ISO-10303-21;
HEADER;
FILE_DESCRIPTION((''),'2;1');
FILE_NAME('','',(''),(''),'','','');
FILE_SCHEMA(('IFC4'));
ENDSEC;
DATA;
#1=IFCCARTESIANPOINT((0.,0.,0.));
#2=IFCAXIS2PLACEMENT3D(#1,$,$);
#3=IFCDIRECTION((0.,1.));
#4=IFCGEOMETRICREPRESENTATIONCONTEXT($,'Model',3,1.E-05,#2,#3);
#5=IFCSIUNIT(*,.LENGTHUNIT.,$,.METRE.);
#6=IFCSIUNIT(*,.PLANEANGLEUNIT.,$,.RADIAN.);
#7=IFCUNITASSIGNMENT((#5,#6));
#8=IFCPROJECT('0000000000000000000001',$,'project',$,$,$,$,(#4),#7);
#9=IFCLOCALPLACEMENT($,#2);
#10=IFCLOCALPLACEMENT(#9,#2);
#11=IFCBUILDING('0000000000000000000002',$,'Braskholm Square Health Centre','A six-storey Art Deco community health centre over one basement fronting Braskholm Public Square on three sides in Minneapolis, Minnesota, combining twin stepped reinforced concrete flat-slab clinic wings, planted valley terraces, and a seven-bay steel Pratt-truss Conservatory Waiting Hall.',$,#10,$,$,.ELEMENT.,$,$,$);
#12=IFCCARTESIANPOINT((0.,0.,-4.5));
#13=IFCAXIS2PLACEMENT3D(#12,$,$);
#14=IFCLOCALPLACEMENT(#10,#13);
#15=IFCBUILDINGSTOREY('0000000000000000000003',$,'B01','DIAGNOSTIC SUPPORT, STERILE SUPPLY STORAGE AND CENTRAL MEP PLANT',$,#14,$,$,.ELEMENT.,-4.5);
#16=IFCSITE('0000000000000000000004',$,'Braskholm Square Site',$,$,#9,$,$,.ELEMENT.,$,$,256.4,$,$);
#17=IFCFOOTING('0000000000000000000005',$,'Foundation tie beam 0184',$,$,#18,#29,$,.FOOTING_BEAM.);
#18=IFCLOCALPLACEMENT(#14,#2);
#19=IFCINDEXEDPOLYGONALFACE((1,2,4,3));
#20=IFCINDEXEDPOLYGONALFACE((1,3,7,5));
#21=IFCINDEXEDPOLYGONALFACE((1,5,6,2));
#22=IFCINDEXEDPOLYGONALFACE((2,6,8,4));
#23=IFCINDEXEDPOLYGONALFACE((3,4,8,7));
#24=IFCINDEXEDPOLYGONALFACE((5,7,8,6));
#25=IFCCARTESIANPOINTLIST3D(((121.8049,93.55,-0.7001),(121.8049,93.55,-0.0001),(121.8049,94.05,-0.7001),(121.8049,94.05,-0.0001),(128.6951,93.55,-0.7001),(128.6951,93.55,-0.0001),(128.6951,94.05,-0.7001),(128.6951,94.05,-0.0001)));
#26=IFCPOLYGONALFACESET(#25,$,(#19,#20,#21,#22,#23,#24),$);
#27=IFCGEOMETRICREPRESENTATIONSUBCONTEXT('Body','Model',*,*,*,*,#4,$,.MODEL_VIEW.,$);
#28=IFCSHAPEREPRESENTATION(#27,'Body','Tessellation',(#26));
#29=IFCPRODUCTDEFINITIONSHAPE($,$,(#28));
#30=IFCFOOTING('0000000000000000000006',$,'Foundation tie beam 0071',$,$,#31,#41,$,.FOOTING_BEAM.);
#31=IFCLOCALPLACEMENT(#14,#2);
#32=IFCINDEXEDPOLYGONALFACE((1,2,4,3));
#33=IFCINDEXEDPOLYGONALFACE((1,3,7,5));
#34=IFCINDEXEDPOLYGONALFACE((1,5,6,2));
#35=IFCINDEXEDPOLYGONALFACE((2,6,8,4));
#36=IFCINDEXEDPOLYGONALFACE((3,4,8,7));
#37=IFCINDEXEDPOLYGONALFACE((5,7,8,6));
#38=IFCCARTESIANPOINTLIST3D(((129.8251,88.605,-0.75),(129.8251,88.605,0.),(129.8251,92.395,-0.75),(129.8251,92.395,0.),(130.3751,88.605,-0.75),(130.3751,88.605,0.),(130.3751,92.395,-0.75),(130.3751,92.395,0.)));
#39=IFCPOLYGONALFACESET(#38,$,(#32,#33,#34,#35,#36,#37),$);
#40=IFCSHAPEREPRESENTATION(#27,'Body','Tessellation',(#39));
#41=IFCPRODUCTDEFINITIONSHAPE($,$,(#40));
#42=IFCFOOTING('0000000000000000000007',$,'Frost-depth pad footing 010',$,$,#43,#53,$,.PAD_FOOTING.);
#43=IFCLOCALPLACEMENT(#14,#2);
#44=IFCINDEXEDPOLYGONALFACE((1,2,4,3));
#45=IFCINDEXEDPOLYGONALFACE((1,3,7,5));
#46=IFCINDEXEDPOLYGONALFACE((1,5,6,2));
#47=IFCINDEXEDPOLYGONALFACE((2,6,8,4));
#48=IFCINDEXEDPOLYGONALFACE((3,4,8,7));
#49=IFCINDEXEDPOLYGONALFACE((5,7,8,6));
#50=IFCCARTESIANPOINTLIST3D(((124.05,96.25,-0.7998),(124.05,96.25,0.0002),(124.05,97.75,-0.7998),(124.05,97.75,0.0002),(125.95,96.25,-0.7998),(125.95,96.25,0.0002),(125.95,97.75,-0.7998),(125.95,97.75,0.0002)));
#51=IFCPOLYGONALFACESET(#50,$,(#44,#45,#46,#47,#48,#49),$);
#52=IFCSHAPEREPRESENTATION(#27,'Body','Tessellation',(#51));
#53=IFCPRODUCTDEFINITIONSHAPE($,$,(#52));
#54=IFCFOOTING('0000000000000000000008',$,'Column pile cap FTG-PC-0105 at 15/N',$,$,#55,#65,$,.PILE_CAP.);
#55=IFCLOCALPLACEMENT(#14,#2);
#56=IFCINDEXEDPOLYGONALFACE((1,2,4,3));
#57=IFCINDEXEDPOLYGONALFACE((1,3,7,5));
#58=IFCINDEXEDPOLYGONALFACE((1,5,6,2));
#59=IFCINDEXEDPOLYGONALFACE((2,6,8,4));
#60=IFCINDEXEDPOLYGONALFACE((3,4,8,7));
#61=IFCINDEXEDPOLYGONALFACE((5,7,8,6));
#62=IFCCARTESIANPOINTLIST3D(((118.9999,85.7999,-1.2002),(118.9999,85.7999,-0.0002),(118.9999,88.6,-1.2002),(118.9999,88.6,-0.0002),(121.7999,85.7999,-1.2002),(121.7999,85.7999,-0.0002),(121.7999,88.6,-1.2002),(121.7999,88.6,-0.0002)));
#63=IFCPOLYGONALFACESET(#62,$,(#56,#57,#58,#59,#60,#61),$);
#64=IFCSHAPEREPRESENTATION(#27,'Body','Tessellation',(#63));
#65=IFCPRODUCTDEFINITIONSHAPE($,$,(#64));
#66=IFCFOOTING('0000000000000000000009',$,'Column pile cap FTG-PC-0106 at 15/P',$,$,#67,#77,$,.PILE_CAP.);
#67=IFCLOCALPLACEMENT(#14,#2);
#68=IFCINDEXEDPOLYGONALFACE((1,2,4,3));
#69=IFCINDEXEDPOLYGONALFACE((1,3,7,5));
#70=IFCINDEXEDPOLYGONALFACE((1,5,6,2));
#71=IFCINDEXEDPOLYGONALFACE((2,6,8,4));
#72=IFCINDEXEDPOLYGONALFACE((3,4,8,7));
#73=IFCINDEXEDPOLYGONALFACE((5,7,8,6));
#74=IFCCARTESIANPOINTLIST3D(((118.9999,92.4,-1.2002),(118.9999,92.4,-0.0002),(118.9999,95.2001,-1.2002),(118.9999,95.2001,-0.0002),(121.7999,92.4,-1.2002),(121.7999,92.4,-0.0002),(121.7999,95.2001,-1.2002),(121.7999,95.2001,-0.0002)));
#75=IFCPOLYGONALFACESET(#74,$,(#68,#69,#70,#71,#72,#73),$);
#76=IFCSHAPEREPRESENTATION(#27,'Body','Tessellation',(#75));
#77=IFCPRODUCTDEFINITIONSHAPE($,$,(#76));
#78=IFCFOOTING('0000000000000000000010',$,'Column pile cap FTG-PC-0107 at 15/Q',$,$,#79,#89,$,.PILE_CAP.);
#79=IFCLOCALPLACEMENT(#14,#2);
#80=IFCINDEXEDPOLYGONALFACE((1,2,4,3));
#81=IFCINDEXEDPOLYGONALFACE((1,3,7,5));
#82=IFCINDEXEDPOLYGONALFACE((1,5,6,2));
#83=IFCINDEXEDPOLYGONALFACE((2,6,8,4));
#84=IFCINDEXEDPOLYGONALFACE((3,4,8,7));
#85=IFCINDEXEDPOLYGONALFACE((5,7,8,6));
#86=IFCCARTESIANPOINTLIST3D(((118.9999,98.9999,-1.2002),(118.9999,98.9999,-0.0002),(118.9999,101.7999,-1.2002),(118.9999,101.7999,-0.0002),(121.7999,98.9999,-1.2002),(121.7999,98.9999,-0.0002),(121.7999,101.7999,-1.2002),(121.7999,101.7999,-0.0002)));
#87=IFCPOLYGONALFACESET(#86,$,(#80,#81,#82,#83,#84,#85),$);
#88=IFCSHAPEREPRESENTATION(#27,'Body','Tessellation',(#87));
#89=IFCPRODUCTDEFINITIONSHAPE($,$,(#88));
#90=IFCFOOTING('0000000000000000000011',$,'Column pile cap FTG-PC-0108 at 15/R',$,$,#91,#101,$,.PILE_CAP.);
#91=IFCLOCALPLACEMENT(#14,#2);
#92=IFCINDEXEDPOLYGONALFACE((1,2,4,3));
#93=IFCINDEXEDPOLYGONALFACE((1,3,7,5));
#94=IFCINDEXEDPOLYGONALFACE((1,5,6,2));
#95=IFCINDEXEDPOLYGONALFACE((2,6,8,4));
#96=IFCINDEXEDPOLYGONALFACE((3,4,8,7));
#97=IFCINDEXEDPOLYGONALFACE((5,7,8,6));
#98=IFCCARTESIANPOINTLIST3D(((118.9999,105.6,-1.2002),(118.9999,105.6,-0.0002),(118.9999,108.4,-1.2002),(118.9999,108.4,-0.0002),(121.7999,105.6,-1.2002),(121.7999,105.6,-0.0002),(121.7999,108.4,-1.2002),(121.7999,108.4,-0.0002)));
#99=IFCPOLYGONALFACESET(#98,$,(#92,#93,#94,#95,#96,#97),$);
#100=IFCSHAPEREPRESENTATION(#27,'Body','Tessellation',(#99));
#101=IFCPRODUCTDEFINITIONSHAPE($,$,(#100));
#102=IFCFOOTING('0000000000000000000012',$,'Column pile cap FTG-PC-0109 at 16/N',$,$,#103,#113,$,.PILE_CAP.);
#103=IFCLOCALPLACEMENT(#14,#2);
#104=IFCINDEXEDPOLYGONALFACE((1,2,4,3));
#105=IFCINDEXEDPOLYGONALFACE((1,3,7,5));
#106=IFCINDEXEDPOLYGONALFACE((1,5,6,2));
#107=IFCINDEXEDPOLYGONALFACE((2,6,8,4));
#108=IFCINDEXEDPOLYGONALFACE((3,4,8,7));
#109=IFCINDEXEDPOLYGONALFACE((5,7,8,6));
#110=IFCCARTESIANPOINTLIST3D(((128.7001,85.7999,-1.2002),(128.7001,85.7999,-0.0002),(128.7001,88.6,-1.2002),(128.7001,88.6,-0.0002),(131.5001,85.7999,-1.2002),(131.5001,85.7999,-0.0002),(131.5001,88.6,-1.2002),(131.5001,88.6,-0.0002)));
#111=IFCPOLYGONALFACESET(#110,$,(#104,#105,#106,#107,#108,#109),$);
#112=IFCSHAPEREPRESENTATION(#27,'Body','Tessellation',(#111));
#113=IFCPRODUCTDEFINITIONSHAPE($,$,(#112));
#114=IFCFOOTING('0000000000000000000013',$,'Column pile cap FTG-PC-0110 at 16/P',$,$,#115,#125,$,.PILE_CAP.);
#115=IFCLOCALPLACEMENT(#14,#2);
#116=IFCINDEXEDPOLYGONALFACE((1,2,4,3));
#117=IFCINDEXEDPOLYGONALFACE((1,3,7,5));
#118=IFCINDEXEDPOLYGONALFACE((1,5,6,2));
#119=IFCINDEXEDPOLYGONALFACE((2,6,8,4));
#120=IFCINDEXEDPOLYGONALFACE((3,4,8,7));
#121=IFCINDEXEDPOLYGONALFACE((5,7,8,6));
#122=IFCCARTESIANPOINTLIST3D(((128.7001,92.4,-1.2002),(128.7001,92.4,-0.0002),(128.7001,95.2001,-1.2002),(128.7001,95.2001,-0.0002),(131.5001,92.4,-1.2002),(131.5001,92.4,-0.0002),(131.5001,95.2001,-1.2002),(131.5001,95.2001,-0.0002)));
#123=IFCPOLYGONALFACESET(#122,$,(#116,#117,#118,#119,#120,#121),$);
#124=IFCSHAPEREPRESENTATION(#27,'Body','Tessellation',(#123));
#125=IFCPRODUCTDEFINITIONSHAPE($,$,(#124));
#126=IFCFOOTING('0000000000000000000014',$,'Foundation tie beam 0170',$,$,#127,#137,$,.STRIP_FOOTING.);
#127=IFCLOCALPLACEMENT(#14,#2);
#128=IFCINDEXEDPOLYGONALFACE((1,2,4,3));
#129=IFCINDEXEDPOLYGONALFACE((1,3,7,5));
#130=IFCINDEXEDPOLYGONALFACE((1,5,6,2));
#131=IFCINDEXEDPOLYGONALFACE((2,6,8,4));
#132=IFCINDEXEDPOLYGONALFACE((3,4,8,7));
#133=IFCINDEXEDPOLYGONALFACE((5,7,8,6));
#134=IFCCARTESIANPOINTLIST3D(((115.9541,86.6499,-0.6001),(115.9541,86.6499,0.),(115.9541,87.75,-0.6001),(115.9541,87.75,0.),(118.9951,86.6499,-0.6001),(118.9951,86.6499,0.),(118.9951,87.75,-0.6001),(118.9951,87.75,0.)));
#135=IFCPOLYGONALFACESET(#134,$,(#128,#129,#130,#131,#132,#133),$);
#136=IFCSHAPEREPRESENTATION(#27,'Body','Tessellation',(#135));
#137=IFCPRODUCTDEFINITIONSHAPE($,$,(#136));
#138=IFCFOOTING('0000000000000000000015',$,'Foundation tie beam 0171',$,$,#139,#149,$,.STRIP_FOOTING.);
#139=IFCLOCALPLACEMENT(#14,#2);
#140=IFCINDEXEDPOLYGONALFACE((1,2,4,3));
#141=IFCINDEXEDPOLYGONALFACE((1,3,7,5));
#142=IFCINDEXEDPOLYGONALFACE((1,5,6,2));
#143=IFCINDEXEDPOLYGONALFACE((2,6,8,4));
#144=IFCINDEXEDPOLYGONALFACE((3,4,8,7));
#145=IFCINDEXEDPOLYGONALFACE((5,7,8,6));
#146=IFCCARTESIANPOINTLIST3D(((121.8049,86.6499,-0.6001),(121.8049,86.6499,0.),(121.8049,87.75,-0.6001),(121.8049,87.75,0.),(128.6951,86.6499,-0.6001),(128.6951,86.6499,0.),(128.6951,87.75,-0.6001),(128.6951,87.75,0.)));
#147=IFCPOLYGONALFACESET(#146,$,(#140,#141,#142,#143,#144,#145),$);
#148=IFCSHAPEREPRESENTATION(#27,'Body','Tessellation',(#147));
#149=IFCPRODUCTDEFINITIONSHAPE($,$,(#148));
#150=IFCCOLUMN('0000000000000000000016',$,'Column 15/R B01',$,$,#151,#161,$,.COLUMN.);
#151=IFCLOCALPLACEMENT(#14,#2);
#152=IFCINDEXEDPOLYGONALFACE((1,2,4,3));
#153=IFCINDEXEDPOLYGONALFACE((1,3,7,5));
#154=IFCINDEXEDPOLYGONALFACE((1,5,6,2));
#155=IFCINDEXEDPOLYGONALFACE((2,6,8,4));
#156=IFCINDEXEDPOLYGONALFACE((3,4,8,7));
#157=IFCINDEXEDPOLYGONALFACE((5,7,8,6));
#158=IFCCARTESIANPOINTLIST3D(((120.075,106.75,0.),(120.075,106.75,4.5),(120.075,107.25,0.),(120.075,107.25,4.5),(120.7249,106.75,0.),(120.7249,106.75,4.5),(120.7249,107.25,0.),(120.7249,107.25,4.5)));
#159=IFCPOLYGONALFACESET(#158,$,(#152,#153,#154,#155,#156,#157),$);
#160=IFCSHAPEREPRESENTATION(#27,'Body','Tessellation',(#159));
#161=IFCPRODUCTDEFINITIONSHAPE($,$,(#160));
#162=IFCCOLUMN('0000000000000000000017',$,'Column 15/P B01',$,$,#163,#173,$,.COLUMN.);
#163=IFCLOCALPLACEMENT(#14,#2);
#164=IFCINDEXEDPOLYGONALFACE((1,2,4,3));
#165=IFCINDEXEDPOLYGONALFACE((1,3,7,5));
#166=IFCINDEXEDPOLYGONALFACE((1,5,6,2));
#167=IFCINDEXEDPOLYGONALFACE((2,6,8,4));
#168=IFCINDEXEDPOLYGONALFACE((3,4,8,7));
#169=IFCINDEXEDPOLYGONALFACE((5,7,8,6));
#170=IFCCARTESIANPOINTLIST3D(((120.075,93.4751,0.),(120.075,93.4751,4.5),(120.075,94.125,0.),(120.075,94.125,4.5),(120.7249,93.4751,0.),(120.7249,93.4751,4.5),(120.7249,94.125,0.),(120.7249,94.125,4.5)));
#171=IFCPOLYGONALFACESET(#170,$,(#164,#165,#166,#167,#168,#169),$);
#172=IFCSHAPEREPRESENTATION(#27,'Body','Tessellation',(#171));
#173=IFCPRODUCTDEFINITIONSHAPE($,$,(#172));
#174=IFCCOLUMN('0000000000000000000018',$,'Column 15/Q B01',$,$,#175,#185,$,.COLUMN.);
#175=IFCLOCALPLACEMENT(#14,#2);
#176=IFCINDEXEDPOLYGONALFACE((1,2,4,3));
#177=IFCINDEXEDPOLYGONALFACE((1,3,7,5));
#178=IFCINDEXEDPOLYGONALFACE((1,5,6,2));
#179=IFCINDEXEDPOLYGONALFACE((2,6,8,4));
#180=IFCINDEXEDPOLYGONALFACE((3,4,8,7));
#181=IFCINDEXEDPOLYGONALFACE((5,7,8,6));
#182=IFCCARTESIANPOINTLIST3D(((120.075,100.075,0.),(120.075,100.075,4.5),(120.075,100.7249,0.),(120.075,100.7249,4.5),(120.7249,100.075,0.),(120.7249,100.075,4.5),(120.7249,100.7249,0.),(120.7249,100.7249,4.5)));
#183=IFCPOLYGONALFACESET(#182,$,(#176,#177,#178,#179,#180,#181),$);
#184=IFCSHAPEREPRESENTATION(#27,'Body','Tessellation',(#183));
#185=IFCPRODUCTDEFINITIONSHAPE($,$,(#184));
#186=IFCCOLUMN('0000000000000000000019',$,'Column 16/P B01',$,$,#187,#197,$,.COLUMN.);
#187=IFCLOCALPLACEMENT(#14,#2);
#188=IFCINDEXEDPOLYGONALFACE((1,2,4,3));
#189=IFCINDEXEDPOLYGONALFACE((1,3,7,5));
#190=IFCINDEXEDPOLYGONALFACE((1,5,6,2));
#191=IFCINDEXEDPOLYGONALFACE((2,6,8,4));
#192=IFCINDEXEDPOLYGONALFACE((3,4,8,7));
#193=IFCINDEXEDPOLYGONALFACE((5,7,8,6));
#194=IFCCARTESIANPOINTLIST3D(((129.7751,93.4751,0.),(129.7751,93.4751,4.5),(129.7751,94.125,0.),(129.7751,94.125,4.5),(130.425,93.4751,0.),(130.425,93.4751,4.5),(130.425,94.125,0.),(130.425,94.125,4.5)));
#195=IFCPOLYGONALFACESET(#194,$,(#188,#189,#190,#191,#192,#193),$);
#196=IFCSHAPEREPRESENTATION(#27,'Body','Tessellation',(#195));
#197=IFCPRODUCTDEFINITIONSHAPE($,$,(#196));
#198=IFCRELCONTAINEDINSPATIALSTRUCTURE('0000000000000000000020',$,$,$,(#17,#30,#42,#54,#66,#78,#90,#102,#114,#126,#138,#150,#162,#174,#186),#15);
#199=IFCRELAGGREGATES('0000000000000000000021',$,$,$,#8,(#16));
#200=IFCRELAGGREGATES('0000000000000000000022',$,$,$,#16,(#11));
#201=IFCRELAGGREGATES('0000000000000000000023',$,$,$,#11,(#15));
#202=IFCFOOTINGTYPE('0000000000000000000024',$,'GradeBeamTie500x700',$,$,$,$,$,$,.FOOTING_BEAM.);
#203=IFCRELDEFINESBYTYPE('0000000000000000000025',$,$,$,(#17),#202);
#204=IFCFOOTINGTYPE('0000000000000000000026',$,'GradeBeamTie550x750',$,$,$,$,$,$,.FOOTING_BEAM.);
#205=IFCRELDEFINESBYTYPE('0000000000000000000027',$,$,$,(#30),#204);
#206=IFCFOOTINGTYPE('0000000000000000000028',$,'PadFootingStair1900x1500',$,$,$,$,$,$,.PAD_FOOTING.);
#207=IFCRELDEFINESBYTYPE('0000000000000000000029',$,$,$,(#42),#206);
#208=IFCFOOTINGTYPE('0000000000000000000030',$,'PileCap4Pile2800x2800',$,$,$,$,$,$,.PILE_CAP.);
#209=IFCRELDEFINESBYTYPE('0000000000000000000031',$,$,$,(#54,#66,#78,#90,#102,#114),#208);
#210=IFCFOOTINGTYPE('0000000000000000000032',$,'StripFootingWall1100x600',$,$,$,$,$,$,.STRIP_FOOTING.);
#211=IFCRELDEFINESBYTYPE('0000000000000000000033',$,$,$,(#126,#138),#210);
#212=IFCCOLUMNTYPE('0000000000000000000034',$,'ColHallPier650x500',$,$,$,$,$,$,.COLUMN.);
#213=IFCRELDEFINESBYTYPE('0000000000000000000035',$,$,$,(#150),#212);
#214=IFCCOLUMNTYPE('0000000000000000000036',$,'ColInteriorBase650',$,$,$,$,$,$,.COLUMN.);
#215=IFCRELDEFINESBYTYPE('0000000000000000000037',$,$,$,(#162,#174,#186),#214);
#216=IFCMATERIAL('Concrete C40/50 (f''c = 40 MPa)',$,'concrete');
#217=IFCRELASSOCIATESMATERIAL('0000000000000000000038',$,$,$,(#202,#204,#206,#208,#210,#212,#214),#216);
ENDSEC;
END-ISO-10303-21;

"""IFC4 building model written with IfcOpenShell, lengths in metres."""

from ifc_helpers import new_model, si_unit, direction, frame, origin, origin_2d, place, context, subcontext, project, spatial, rectangle, extrude, material, material_profile, profile_set, type_object, element, save


model = new_model("IFC4")

# Units and contexts
model_context = context("Model", 3, precision=1e-05, world=origin(), true_north=direction((0.0, 1.0)))
body_context = subcontext(model_context, "Body", "Model", "MODEL_VIEW")
ifc_project = project(units=[si_unit("LENGTHUNIT", "METRE"), si_unit("PLANEANGLEUNIT", "RADIAN")], contexts=[model_context])

# Site, building, storey
site_placement = place(None, origin())
site = spatial("IfcSite", under=ifc_project, at=site_placement, Name="Braskholm Square Site", CompositionType="ELEMENT", RefElevation=256.4)
building_placement = place(site_placement, origin())
building = spatial("IfcBuilding", under=site, at=building_placement, Name="Braskholm Square Health Centre", Description="A six-storey Art Deco community health centre over one basement fronting Braskholm Public Square on three sides in Minneapolis, Minnesota, combining twin stepped reinforced concrete flat-slab clinic wings, planted valley terraces, and a seven-bay steel Pratt-truss Conservatory Waiting Hall.", CompositionType="ELEMENT")
storey_placement = place(building_placement, frame((0.0, 0.0, -4.5)))
storey = spatial("IfcBuildingStorey", under=building, at=storey_placement, Name="B01", Description="DIAGNOSTIC SUPPORT, STERILE SUPPLY STORAGE AND CENTRAL MEP PLANT", CompositionType="ELEMENT", Elevation=-4.5)

# Shared definitions
ifc_material_1 = material(Name="Concrete C40/50 (f'c = 40 MPa)", Category="concrete")

# Footings
ifc_material_profile_1 = material_profile(ifc_material_1, rectangle(XDim=0.5, YDim=0.7, at=origin_2d()), Name="FTG-500X700")
ifc_profile_set_1 = profile_set([ifc_material_profile_1], Name="Concrete C40/50 (f'c = 40 MPa)")
footing_type_1 = type_object("IfcFootingType", Name="GradeBeamTie500x700", PredefinedType="FOOTING_BEAM", material=ifc_profile_set_1)
footing_1_placement = place(storey_placement, frame((121.8049, 93.8, -0.3501), z_axis=(1.0, 0.0, 0.0), x_axis=(0.0, 1.0, 0.0)))
element("IfcFooting", 1, at=footing_1_placement, inside=storey, type_object=footing_type_1, Name="Foundation tie beam 0184", PredefinedType="FOOTING_BEAM", context=body_context, shape_type="SweptSolid", body=[
    extrude(rectangle(XDim=0.5, YDim=0.7, at=origin_2d()), origin(), (0.0, 0.0, 1.0), 6.8901),
])
ifc_material_profile_2 = material_profile(ifc_material_1, rectangle(XDim=0.55, YDim=0.75, at=origin_2d()), Name="FTG-550X750")
ifc_profile_set_2 = profile_set([ifc_material_profile_2], Name="Concrete C40/50 (f'c = 40 MPa)")
footing_type_2 = type_object("IfcFootingType", Name="GradeBeamTie550x750", PredefinedType="FOOTING_BEAM", material=ifc_profile_set_2)
footing_2_placement = place(storey_placement, frame((130.1001, 88.605, -0.375), z_axis=(0.0, 1.0, 0.0), x_axis=(-1.0, 0.0, 0.0)))
element("IfcFooting", 2, at=footing_2_placement, inside=storey, type_object=footing_type_2, Name="Foundation tie beam 0071", PredefinedType="FOOTING_BEAM", context=body_context, shape_type="SweptSolid", body=[
    extrude(rectangle(XDim=0.55, YDim=0.75, at=origin_2d()), origin(), (0.0, 0.0, 1.0), 3.79),
])
footing_type_3 = type_object("IfcFootingType", Name="PadFootingStair1900x1500", PredefinedType="PAD_FOOTING", material=ifc_material_1)
footing_3_placement = place(storey_placement, frame((125.0, 97.0, -0.7998), z_axis=(0.0, 0.0, 1.0), x_axis=(1.0, 0.0, 0.0)))
element("IfcFooting", 3, at=footing_3_placement, inside=storey, type_object=footing_type_3, Name="Frost-depth pad footing 010", PredefinedType="PAD_FOOTING", context=body_context, shape_type="SweptSolid", body=[
    extrude(rectangle(XDim=1.8999, YDim=1.5, at=origin_2d()), origin(), (0.0, 0.0, 1.0), 0.8),
])
footing_type_4 = type_object("IfcFootingType", Name="PileCap4Pile2800x2800", PredefinedType="PILE_CAP", material=ifc_material_1)
for number, where, z_axis, x_axis, name in (
    (4, (120.3999, 87.2, -1.2002), (0.0, 0.0, 1.0), (1.0, 0.0, 0.0), "Column pile cap FTG-PC-0105 at 15/N"),
    (5, (120.3999, 93.8, -1.2002), (0.0, 0.0, 1.0), (1.0, 0.0, 0.0), "Column pile cap FTG-PC-0106 at 15/P"),
    (6, (120.3999, 100.3999, -1.2002), (0.0, 0.0, 1.0), (1.0, 0.0, 0.0), "Column pile cap FTG-PC-0107 at 15/Q"),
    (7, (120.3999, 107.0, -1.2002), (0.0, 0.0, 1.0), (1.0, 0.0, 0.0), "Column pile cap FTG-PC-0108 at 15/R"),
    (8, (130.1001, 87.2, -1.2002), (0.0, 0.0, 1.0), (1.0, 0.0, 0.0), "Column pile cap FTG-PC-0109 at 16/N"),
    (9, (130.1001, 93.8, -1.2002), (0.0, 0.0, 1.0), (1.0, 0.0, 0.0), "Column pile cap FTG-PC-0110 at 16/P"),
):
    element("IfcFooting", number, at=place(storey_placement, frame(where, z_axis=z_axis, x_axis=x_axis)), inside=storey, type_object=footing_type_4, Name=name, PredefinedType="PILE_CAP", context=body_context, shape_type="SweptSolid", body=[
        extrude(rectangle(XDim=2.8, YDim=2.8, at=origin_2d()), origin(), (0.0, 0.0, 1.0), 1.2),
    ])
ifc_material_profile_3 = material_profile(ifc_material_1, rectangle(XDim=1.1001, YDim=0.6001, at=origin_2d()), Name="FTG-1100X600")
ifc_profile_set_3 = profile_set([ifc_material_profile_3], Name="Concrete C40/50 (f'c = 40 MPa)")
footing_type_5 = type_object("IfcFootingType", Name="StripFootingWall1100x600", PredefinedType="STRIP_FOOTING", material=ifc_profile_set_3)
footing_4_placement = place(storey_placement, frame((115.9541, 87.2, -0.3), z_axis=(1.0, 0.0, 0.0), x_axis=(0.0, 1.0, 0.0)))
element("IfcFooting", 10, at=footing_4_placement, inside=storey, type_object=footing_type_5, Name="Foundation tie beam 0170", PredefinedType="STRIP_FOOTING", context=body_context, shape_type="SweptSolid", body=[
    extrude(rectangle(XDim=1.1001, YDim=0.6001, at=origin_2d()), origin(), (0.0, 0.0, 1.0), 3.041),
])
footing_5_placement = place(storey_placement, frame((121.8049, 87.2, -0.3), z_axis=(1.0, 0.0, 0.0), x_axis=(0.0, 1.0, 0.0)))
element("IfcFooting", 11, at=footing_5_placement, inside=storey, type_object=footing_type_5, Name="Foundation tie beam 0171", PredefinedType="STRIP_FOOTING", context=body_context, shape_type="SweptSolid", body=[
    extrude(rectangle(XDim=1.1001, YDim=0.6001, at=origin_2d()), origin(), (0.0, 0.0, 1.0), 6.8901),
])

# Columns
ifc_material_profile_4 = material_profile(ifc_material_1, rectangle(XDim=0.6499, YDim=0.5, at=origin_2d()), Name="RC-650X500")
ifc_profile_set_4 = profile_set([ifc_material_profile_4], Name="Concrete C40/50 (f'c = 40 MPa)")
column_type_1 = type_object("IfcColumnType", Name="ColHallPier650x500", PredefinedType="COLUMN", material=ifc_profile_set_4)
column_placement = place(storey_placement, frame((120.3999, 107.0, 0.0), z_axis=(0.0, 0.0, 1.0), x_axis=(1.0, 0.0, 0.0)))
element("IfcColumn", 12, at=column_placement, inside=storey, type_object=column_type_1, Name="Column 15/R B01", PredefinedType="COLUMN", context=body_context, shape_type="SweptSolid", body=[
    extrude(rectangle(XDim=0.6499, YDim=0.5, at=origin_2d()), origin(), (0.0, 0.0, 1.0), 4.5),
])
ifc_material_profile_5 = material_profile(ifc_material_1, rectangle(XDim=0.6499, YDim=0.6499, at=origin_2d()), Name="RC-650X650")
ifc_profile_set_5 = profile_set([ifc_material_profile_5], Name="Concrete C40/50 (f'c = 40 MPa)")
column_type_2 = type_object("IfcColumnType", Name="ColInteriorBase650", PredefinedType="COLUMN", material=ifc_profile_set_5)
for number, where, z_axis, x_axis, name in (
    (13, (120.3999, 93.8, 0.0), (0.0, 0.0, 1.0), (1.0, 0.0, 0.0), "Column 15/P B01"),
    (14, (120.3999, 100.3999, 0.0), (0.0, 0.0, 1.0), (1.0, 0.0, 0.0), "Column 15/Q B01"),
    (15, (130.1001, 93.8, 0.0), (0.0, 0.0, 1.0), (1.0, 0.0, 0.0), "Column 16/P B01"),
):
    element("IfcColumn", number, at=place(storey_placement, frame(where, z_axis=z_axis, x_axis=x_axis)), inside=storey, type_object=column_type_2, Name=name, PredefinedType="COLUMN", context=body_context, shape_type="SweptSolid", body=[
        extrude(rectangle(XDim=0.6499, YDim=0.6499, at=origin_2d()), origin(), (0.0, 0.0, 1.0), 4.5),
    ])

save(model, "model.ifc")
